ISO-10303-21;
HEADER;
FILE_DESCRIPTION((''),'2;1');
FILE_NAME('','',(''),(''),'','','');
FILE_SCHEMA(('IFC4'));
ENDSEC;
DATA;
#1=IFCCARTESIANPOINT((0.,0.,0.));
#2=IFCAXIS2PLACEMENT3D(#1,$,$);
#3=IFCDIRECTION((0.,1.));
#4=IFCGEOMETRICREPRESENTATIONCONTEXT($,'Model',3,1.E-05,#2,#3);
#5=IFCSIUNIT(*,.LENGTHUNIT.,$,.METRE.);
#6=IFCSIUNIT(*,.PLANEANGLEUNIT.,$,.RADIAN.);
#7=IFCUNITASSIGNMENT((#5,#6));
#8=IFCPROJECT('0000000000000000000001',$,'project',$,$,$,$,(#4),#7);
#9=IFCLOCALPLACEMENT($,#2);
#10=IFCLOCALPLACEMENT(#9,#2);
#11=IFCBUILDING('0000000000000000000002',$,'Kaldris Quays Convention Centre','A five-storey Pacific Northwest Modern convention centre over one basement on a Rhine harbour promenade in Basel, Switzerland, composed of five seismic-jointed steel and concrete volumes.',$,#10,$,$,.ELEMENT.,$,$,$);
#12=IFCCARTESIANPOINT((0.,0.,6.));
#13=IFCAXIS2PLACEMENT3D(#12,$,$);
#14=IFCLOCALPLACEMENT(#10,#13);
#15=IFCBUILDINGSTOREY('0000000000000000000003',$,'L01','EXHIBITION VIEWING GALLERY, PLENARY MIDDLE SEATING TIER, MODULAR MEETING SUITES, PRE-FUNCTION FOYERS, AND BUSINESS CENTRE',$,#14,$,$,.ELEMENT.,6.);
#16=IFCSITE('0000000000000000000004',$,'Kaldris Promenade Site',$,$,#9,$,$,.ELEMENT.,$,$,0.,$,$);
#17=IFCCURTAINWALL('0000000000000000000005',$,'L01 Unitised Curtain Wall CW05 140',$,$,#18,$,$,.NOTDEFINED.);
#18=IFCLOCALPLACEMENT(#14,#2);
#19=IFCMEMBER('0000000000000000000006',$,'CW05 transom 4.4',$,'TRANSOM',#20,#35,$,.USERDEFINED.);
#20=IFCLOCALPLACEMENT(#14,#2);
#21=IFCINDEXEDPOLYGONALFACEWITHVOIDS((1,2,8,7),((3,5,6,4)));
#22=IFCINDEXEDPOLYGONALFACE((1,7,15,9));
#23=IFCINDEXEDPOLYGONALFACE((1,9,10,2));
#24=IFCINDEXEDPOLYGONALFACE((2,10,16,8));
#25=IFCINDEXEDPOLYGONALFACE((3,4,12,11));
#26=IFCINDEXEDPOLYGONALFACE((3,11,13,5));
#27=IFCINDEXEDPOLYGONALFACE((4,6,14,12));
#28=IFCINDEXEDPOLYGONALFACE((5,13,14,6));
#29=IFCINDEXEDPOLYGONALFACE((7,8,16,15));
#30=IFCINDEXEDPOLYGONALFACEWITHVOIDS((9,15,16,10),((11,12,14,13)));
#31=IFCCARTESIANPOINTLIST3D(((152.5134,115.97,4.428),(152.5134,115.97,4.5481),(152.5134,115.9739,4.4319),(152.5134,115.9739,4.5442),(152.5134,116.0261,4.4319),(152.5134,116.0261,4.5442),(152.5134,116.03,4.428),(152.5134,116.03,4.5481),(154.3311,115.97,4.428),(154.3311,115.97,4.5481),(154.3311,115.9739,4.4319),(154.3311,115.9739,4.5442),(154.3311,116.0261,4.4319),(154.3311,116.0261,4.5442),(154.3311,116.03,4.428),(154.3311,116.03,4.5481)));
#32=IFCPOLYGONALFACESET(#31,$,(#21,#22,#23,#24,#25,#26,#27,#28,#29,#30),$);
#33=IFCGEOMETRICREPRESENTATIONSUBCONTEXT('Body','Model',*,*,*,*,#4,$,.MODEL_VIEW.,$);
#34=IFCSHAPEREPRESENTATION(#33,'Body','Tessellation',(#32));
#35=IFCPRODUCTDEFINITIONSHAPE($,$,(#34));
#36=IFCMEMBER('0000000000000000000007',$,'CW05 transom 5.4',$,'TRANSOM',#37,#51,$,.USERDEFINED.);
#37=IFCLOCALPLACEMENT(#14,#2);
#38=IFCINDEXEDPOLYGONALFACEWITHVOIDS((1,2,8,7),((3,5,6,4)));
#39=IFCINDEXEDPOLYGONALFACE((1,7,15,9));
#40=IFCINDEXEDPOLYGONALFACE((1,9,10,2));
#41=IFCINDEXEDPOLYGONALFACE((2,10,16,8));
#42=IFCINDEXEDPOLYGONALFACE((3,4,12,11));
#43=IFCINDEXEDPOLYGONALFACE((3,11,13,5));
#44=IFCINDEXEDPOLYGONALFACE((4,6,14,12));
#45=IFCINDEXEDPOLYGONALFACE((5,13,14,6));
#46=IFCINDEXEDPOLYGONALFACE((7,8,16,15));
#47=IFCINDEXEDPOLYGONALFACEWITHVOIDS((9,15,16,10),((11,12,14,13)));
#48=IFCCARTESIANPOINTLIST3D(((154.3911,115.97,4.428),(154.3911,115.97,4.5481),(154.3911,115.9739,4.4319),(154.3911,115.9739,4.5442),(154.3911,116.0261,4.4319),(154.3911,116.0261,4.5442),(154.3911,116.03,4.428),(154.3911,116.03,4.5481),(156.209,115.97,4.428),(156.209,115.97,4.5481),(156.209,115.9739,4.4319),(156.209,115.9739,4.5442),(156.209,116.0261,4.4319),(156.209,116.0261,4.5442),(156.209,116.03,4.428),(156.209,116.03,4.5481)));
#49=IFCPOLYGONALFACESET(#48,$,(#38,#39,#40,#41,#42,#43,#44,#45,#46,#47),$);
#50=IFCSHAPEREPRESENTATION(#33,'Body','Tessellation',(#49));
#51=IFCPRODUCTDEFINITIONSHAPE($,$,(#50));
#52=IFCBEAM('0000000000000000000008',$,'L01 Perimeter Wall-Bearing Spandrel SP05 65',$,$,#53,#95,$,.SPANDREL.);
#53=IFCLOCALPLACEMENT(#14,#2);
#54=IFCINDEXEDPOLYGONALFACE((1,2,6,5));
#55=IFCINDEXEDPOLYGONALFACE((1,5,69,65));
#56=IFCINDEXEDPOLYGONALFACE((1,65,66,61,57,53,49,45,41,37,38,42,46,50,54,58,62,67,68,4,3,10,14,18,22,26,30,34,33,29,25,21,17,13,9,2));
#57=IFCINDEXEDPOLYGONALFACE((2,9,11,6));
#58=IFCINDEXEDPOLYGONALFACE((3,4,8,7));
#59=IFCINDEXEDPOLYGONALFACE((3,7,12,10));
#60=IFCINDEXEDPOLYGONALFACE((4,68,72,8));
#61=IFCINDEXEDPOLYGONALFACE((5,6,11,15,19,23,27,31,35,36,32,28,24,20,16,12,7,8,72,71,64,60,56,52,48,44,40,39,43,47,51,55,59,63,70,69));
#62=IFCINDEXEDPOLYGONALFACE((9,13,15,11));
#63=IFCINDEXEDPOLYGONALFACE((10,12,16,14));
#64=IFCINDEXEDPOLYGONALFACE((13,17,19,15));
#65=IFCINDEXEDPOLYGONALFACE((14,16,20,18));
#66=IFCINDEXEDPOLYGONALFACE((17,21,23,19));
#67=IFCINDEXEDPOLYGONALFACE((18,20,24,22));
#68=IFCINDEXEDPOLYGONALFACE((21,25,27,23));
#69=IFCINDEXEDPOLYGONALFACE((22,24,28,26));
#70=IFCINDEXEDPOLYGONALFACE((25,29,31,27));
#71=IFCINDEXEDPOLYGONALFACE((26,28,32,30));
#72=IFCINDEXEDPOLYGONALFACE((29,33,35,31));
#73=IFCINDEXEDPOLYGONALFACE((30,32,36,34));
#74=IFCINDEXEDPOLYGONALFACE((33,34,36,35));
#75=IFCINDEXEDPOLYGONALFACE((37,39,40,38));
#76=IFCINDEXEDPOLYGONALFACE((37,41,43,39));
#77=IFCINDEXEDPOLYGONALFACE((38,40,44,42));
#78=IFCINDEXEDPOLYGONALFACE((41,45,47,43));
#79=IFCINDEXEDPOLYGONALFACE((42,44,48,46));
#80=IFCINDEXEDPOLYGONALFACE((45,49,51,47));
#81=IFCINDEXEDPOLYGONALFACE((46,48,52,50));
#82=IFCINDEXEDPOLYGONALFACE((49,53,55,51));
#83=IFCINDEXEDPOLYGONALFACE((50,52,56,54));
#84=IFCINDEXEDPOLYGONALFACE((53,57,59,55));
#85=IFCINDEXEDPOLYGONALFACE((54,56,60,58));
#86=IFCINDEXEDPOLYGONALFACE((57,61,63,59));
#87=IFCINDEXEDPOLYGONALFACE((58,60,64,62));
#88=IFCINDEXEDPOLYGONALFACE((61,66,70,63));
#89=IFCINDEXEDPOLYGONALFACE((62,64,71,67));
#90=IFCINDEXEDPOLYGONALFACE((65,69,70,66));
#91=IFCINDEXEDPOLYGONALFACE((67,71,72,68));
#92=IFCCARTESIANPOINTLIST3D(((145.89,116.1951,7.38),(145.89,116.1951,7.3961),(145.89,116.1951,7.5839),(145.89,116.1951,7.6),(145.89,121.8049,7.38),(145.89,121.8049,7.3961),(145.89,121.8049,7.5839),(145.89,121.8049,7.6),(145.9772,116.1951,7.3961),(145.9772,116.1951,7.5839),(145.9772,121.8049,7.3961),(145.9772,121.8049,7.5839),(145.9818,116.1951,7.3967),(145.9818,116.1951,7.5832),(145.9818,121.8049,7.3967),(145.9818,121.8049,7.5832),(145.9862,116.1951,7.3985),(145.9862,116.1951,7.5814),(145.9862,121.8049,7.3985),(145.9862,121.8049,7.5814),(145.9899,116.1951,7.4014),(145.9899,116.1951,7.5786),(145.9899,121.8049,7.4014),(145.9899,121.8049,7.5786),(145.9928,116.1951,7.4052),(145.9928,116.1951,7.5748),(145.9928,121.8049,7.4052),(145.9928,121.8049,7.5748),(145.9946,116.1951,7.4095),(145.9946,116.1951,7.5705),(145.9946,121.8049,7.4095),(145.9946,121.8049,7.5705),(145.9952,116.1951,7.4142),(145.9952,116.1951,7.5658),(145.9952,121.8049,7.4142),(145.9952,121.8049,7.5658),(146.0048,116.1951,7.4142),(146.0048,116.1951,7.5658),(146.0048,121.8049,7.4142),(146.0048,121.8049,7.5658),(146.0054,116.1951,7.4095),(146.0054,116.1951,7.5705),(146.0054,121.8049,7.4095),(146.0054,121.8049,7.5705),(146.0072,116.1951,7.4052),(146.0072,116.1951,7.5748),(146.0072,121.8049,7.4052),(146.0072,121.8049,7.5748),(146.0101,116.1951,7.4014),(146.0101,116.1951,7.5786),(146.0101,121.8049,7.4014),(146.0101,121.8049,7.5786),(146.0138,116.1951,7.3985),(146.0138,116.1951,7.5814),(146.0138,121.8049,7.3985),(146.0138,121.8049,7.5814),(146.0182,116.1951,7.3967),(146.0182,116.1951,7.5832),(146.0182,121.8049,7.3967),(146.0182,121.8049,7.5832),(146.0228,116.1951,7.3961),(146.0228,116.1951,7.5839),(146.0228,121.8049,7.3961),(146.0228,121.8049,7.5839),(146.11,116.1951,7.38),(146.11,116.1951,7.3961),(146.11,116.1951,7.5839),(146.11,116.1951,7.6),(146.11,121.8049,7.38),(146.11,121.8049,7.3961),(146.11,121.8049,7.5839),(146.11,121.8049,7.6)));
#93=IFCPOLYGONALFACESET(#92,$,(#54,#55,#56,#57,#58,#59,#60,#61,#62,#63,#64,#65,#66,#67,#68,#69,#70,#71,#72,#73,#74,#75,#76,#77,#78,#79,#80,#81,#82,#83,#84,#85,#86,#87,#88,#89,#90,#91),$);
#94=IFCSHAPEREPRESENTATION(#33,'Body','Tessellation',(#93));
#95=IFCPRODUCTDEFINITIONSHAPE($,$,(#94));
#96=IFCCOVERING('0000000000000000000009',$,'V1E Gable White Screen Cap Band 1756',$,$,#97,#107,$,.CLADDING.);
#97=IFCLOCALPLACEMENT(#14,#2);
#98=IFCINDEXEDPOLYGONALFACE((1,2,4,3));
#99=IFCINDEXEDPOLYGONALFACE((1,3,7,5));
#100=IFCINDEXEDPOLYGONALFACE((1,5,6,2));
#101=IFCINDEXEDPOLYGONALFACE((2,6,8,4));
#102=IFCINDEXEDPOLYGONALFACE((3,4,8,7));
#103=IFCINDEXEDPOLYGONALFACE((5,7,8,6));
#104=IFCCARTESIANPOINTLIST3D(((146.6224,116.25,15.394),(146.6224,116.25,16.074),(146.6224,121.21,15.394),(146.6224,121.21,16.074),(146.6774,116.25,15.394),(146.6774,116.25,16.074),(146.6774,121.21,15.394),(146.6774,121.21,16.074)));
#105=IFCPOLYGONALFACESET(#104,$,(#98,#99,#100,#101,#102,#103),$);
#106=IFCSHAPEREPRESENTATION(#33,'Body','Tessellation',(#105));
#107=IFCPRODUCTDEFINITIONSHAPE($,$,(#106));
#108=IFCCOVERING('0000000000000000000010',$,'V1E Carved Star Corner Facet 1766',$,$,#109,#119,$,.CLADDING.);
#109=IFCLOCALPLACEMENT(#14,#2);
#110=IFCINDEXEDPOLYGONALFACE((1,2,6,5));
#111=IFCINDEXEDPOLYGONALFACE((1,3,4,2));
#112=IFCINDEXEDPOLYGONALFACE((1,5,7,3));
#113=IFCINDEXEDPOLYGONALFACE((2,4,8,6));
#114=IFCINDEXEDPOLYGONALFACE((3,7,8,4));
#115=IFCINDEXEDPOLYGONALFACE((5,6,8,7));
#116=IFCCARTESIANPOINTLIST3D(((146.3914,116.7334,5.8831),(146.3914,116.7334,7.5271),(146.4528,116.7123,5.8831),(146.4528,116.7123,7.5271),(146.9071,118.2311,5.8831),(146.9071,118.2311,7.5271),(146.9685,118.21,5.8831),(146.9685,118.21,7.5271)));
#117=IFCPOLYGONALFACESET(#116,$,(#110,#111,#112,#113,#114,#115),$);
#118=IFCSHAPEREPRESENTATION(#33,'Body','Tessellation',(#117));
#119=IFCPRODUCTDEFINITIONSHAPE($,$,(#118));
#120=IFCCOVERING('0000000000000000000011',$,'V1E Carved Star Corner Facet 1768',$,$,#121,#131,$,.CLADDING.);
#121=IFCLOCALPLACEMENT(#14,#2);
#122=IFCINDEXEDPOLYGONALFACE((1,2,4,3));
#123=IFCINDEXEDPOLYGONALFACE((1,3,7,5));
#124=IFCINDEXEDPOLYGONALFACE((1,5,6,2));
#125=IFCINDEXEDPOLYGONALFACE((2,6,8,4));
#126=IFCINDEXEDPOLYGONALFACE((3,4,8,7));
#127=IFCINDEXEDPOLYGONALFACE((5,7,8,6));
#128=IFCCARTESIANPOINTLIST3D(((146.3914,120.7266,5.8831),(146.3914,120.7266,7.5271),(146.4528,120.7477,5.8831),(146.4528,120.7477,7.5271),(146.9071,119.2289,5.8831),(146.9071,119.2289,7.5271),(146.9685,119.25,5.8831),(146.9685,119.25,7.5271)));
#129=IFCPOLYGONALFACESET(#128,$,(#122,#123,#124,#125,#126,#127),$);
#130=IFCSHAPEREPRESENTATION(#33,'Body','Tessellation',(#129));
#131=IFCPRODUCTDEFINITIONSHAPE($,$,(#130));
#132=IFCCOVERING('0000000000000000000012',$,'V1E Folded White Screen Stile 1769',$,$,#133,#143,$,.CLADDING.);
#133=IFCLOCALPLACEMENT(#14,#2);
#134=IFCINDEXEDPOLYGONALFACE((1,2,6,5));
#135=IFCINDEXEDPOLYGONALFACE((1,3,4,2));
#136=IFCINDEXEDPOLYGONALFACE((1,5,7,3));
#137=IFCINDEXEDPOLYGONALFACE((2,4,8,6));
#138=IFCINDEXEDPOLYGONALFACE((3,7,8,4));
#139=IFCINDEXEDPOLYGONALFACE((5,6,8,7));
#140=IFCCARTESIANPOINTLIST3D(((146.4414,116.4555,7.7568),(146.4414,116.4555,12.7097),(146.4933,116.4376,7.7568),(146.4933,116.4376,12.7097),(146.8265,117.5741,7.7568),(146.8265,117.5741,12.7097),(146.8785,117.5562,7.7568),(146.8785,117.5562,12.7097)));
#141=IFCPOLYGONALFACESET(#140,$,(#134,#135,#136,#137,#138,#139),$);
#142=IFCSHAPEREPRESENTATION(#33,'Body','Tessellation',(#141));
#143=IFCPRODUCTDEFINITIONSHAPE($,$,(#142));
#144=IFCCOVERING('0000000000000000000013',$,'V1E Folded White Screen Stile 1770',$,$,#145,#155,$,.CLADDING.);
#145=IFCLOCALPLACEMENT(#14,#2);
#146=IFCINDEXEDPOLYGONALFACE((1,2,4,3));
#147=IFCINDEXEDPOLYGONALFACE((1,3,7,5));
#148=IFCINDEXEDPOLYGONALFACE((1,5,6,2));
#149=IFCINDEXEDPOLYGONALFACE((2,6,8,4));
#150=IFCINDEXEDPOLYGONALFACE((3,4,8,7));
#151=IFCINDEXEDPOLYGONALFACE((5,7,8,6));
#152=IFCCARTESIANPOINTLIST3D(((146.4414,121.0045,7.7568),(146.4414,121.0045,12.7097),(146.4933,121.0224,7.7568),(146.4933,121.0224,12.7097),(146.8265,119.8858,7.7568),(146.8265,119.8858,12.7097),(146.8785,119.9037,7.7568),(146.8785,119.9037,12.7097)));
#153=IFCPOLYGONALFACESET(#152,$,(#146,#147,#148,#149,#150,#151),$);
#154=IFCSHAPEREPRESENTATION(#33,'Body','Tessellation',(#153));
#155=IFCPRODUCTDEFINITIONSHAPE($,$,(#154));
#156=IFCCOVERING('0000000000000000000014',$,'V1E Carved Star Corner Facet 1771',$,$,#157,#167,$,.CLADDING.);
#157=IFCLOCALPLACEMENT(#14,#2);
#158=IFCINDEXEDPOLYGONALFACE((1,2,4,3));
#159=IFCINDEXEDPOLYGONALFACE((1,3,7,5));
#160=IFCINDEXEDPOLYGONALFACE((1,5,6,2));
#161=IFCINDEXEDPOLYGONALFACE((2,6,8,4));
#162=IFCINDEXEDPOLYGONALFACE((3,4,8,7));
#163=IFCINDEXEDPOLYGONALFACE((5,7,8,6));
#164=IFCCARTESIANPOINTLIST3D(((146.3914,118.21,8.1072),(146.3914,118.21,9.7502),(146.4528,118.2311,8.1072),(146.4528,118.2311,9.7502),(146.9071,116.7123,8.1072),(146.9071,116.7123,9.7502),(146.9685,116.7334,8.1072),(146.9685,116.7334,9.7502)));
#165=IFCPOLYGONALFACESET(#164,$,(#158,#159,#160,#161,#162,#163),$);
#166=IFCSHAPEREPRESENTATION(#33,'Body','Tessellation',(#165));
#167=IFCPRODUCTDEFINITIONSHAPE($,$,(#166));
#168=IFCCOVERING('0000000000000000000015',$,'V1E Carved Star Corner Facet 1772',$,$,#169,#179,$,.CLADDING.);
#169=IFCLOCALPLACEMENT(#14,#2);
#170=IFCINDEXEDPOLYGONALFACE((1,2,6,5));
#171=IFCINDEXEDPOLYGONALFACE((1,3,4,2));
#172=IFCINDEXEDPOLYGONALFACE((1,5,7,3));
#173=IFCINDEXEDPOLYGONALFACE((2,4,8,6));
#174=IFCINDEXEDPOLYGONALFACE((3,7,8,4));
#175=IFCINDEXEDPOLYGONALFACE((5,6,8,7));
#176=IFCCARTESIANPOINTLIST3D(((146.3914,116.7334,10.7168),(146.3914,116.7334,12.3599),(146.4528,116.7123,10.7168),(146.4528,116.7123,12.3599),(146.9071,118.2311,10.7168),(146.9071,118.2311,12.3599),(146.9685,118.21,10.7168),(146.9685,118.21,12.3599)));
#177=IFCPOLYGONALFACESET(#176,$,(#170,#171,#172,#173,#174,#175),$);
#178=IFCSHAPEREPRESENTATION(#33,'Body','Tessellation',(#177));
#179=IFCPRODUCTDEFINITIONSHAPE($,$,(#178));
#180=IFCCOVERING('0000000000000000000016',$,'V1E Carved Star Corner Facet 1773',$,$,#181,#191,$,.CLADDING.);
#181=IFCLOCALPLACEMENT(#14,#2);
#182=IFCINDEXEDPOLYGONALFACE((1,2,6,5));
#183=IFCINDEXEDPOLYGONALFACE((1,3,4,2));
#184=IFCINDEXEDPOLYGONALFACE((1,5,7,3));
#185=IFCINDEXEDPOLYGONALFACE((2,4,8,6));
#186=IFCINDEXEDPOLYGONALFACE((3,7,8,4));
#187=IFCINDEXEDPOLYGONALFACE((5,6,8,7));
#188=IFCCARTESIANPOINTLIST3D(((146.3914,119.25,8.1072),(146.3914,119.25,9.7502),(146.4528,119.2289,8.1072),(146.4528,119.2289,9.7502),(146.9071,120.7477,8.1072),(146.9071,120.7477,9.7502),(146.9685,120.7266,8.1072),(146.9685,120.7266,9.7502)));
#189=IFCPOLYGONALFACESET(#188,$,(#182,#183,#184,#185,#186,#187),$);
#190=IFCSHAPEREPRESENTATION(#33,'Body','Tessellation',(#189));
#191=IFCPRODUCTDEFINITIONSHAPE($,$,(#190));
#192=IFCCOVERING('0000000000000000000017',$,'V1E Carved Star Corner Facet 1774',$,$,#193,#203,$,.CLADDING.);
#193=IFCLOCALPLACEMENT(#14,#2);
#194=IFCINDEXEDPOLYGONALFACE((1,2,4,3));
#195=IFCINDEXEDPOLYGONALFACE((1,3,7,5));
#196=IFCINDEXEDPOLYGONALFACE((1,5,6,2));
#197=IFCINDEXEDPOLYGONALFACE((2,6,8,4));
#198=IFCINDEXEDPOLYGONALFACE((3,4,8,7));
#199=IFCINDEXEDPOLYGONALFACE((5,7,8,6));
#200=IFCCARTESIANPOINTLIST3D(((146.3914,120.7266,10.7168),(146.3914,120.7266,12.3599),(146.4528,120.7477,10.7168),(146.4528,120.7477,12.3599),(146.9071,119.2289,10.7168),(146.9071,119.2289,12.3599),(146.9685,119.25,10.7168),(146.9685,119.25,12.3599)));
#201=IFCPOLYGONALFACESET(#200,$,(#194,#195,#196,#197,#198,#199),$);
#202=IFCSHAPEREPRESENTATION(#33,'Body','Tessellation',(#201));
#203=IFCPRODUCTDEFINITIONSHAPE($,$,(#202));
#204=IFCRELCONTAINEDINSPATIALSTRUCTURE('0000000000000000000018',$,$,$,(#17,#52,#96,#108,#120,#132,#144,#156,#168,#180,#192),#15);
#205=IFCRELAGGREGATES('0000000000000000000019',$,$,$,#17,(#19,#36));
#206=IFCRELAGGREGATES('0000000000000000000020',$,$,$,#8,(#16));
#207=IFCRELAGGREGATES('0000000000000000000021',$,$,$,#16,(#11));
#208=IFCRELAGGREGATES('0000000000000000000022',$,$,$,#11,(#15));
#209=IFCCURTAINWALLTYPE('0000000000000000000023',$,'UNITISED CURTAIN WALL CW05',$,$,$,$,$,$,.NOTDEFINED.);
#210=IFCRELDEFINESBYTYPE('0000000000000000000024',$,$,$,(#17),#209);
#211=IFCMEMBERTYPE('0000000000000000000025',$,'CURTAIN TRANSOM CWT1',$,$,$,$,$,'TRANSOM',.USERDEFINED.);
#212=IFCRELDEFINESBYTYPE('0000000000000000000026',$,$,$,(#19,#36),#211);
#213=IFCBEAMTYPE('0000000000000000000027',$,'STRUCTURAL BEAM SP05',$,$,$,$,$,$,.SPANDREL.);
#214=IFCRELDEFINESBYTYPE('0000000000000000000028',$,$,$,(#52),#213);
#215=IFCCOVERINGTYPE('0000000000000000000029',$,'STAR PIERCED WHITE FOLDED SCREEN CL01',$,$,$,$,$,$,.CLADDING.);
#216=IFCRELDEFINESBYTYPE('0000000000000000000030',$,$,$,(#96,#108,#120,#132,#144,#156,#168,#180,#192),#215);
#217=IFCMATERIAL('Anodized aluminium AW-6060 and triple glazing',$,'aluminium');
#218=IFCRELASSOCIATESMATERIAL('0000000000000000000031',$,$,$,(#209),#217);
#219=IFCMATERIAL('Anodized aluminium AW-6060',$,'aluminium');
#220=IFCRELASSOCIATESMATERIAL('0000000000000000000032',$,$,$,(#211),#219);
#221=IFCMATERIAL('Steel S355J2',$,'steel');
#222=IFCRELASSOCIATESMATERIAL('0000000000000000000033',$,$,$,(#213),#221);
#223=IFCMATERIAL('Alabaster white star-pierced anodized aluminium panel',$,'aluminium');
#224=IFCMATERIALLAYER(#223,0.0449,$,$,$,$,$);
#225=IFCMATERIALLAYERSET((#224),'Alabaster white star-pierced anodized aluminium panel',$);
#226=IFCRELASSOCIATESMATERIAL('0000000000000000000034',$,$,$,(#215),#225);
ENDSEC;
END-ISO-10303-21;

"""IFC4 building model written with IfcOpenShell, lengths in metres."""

from ifc_helpers import new_model, si_unit, direction, frame, origin, origin_2d, place, context, subcontext, project, spatial, rectangle, hollow_rectangle, i_section, extrude, material, layer, layer_set, material_profile, profile_set, type_object, element, aggregate, save


model = new_model("IFC4")

# Units and contexts
model_context = context("Model", 3, precision=1e-05, world=origin(), true_north=direction((0.0, 1.0)))
body_context = subcontext(model_context, "Body", "Model", "MODEL_VIEW")
ifc_project = project(units=[si_unit("LENGTHUNIT", "METRE"), si_unit("PLANEANGLEUNIT", "RADIAN")], contexts=[model_context])

# Site, building, storey
site_placement = place(None, origin())
site = spatial("IfcSite", under=ifc_project, at=site_placement, Name="Kaldris Promenade Site", CompositionType="ELEMENT", RefElevation=0.0)
building_placement = place(site_placement, origin())
building = spatial("IfcBuilding", under=site, at=building_placement, Name="Kaldris Quays Convention Centre", Description="A five-storey Pacific Northwest Modern convention centre over one basement on a Rhine harbour promenade in Basel, Switzerland, composed of five seismic-jointed steel and concrete volumes.", CompositionType="ELEMENT")
storey_placement = place(building_placement, frame((0.0, 0.0, 6.0)))
storey = spatial("IfcBuildingStorey", under=building, at=storey_placement, Name="L01", Description="EXHIBITION VIEWING GALLERY, PLENARY MIDDLE SEATING TIER, MODULAR MEETING SUITES, PRE-FUNCTION FOYERS, AND BUSINESS CENTRE", CompositionType="ELEMENT", Elevation=6.0)

# Curtain wall, members
ifc_material_1 = material(Name="Anodized aluminium AW-6060 and triple glazing", Category="aluminium")
curtain_wall_type = type_object("IfcCurtainWallType", Name="UNITISED CURTAIN WALL CW05", PredefinedType="NOTDEFINED", material=ifc_material_1)
curtain_wall_placement = place(storey_placement, origin())
curtain_wall = element("IfcCurtainWall", 1, at=curtain_wall_placement, inside=storey, type_object=curtain_wall_type, Name="L01 Unitised Curtain Wall CW05 140", PredefinedType="NOTDEFINED")
ifc_material_2 = material(Name="Anodized aluminium AW-6060", Category="aluminium")
ifc_material_profile_1 = material_profile(ifc_material_2, hollow_rectangle(XDim=0.0601, YDim=0.1201, WallThickness=0.0039, at=origin_2d()), Name="RHS 120x60x4")
ifc_profile_set_1 = profile_set([ifc_material_profile_1], Name="Anodized aluminium AW-6060")
member_type = type_object("IfcMemberType", Name="CURTAIN TRANSOM CWT1", ElementType="TRANSOM", PredefinedType="USERDEFINED", material=ifc_profile_set_1)
member_1_placement = place(storey_placement, frame((152.5134, 116.0, 4.488), z_axis=(1.0, 0.0, 0.0), x_axis=(0.0, 1.0, 0.0)))
member_1 = element("IfcMember", 2, at=member_1_placement, type_object=member_type, Name="CW05 transom 4.4", ObjectType="TRANSOM", PredefinedType="USERDEFINED", context=body_context, shape_type="SweptSolid", body=[
    extrude(hollow_rectangle(XDim=0.0601, YDim=0.1201, WallThickness=0.0039, at=origin_2d()), origin(), (0.0, 0.0, 1.0), 1.8176),
])
member_2_placement = place(storey_placement, frame((154.3911, 116.0, 4.488), z_axis=(1.0, 0.0, 0.0), x_axis=(0.0, 1.0, 0.0)))
member_2 = element("IfcMember", 3, at=member_2_placement, type_object=member_type, Name="CW05 transom 5.4", ObjectType="TRANSOM", PredefinedType="USERDEFINED", context=body_context, shape_type="SweptSolid", body=[
    extrude(hollow_rectangle(XDim=0.0601, YDim=0.1201, WallThickness=0.0039, at=origin_2d()), origin(), (0.0, 0.0, 1.0), 1.8179),
])
aggregate(curtain_wall, [member_1, member_2])

# Beam
ifc_material_3 = material(Name="Steel S355J2", Category="steel")
ifc_material_profile_2 = material_profile(ifc_material_3, i_section(OverallWidth=0.22, OverallDepth=0.22, WebThickness=0.0095, FlangeThickness=0.0161, FilletRadius=0.0181, at=origin_2d()), Name="HEB 220")
ifc_profile_set_2 = profile_set([ifc_material_profile_2], Name="Steel S355J2")
beam_type = type_object("IfcBeamType", Name="STRUCTURAL BEAM SP05", PredefinedType="SPANDREL", material=ifc_profile_set_2)
beam_placement = place(storey_placement, frame((146.0, 116.1951, 7.49), z_axis=(0.0, 1.0, 0.0), x_axis=(-1.0, 0.0, 0.0)))
element("IfcBeam", 4, at=beam_placement, inside=storey, type_object=beam_type, Name="L01 Perimeter Wall-Bearing Spandrel SP05 65", PredefinedType="SPANDREL", context=body_context, shape_type="SweptSolid", body=[
    extrude(i_section(OverallWidth=0.22, OverallDepth=0.22, WebThickness=0.0095, FlangeThickness=0.0161, FilletRadius=0.0181, at=origin_2d()), origin(), (0.0, 0.0, 1.0), 5.6099),
])

# Coverings
ifc_material_4 = material(Name="Alabaster white star-pierced anodized aluminium panel", Category="aluminium")
ifc_layer = layer(ifc_material_4, 0.0449)
ifc_layer_set = layer_set([ifc_layer], Name="Alabaster white star-pierced anodized aluminium panel")
covering_type = type_object("IfcCoveringType", Name="STAR PIERCED WHITE FOLDED SCREEN CL01", PredefinedType="CLADDING", material=ifc_layer_set)
covering_1_placement = place(storey_placement, frame((146.6499, 118.73, 15.394), z_axis=(0.0, 0.0, 1.0), x_axis=(0.0, 1.0, 0.0)))
element("IfcCovering", 5, at=covering_1_placement, inside=storey, type_object=covering_type, Name="V1E Gable White Screen Cap Band 1756", PredefinedType="CLADDING", context=body_context, shape_type="SweptSolid", body=[
    extrude(rectangle(XDim=4.96, YDim=0.0549, at=origin_2d()), origin(), (0.0, 0.0, 1.0), 0.6799),
])
for number, where, z_axis, x_axis, name in (
    (6, (146.6799, 117.4717, 5.8831), (0.0, 0.0, 1.0), (0.325568, 0.945519, 0.0), "V1E Carved Star Corner Facet 1766"),
    (7, (146.6799, 119.9883, 5.8831), (0.0, 0.0, 1.0), (-0.325568, 0.945519, 0.0), "V1E Carved Star Corner Facet 1768"),
):
    element("IfcCovering", number, at=place(storey_placement, frame(where, z_axis=z_axis, x_axis=x_axis)), inside=storey, type_object=covering_type, Name=name, PredefinedType="CLADDING", context=body_context, shape_type="SweptSolid", body=[
        extrude(rectangle(XDim=1.584, YDim=0.0649, at=origin_2d()), origin(), (0.0, 0.0, 1.0), 1.644),
    ])
for number, where, z_axis, x_axis, name in (
    (8, (146.6599, 117.0059, 7.7568), (0.0, 0.0, 1.0), (0.325568, 0.945519, 0.0), "V1E Folded White Screen Stile 1769"),
    (9, (146.6599, 120.4541, 7.7568), (0.0, 0.0, 1.0), (-0.325568, 0.945519, 0.0), "V1E Folded White Screen Stile 1770"),
):
    element("IfcCovering", number, at=place(storey_placement, frame(where, z_axis=z_axis, x_axis=x_axis)), inside=storey, type_object=covering_type, Name=name, PredefinedType="CLADDING", context=body_context, shape_type="SweptSolid", body=[
        extrude(rectangle(XDim=1.1831, YDim=0.0549, at=origin_2d()), origin(), (0.0, 0.0, 1.0), 4.9529),
    ])
for number, where, z_axis, x_axis, name in (
    (10, (146.6799, 117.4717, 8.1072), (0.0, 0.0, 1.0), (-0.325568, 0.945519, 0.0), "V1E Carved Star Corner Facet 1771"),
    (11, (146.6799, 117.4717, 10.7168), (0.0, 0.0, 1.0), (0.325568, 0.945519, 0.0), "V1E Carved Star Corner Facet 1772"),
    (12, (146.6799, 119.9883, 8.1072), (0.0, 0.0, 1.0), (0.325568, 0.945519, 0.0), "V1E Carved Star Corner Facet 1773"),
    (13, (146.6799, 119.9883, 10.7168), (0.0, 0.0, 1.0), (-0.325568, 0.945519, 0.0), "V1E Carved Star Corner Facet 1774"),
):
    element("IfcCovering", number, at=place(storey_placement, frame(where, z_axis=z_axis, x_axis=x_axis)), inside=storey, type_object=covering_type, Name=name, PredefinedType="CLADDING", context=body_context, shape_type="SweptSolid", body=[
        extrude(rectangle(XDim=1.584, YDim=0.0649, at=origin_2d()), origin(), (0.0, 0.0, 1.0), 1.6431),
    ])

save(model, "model.ifc")
